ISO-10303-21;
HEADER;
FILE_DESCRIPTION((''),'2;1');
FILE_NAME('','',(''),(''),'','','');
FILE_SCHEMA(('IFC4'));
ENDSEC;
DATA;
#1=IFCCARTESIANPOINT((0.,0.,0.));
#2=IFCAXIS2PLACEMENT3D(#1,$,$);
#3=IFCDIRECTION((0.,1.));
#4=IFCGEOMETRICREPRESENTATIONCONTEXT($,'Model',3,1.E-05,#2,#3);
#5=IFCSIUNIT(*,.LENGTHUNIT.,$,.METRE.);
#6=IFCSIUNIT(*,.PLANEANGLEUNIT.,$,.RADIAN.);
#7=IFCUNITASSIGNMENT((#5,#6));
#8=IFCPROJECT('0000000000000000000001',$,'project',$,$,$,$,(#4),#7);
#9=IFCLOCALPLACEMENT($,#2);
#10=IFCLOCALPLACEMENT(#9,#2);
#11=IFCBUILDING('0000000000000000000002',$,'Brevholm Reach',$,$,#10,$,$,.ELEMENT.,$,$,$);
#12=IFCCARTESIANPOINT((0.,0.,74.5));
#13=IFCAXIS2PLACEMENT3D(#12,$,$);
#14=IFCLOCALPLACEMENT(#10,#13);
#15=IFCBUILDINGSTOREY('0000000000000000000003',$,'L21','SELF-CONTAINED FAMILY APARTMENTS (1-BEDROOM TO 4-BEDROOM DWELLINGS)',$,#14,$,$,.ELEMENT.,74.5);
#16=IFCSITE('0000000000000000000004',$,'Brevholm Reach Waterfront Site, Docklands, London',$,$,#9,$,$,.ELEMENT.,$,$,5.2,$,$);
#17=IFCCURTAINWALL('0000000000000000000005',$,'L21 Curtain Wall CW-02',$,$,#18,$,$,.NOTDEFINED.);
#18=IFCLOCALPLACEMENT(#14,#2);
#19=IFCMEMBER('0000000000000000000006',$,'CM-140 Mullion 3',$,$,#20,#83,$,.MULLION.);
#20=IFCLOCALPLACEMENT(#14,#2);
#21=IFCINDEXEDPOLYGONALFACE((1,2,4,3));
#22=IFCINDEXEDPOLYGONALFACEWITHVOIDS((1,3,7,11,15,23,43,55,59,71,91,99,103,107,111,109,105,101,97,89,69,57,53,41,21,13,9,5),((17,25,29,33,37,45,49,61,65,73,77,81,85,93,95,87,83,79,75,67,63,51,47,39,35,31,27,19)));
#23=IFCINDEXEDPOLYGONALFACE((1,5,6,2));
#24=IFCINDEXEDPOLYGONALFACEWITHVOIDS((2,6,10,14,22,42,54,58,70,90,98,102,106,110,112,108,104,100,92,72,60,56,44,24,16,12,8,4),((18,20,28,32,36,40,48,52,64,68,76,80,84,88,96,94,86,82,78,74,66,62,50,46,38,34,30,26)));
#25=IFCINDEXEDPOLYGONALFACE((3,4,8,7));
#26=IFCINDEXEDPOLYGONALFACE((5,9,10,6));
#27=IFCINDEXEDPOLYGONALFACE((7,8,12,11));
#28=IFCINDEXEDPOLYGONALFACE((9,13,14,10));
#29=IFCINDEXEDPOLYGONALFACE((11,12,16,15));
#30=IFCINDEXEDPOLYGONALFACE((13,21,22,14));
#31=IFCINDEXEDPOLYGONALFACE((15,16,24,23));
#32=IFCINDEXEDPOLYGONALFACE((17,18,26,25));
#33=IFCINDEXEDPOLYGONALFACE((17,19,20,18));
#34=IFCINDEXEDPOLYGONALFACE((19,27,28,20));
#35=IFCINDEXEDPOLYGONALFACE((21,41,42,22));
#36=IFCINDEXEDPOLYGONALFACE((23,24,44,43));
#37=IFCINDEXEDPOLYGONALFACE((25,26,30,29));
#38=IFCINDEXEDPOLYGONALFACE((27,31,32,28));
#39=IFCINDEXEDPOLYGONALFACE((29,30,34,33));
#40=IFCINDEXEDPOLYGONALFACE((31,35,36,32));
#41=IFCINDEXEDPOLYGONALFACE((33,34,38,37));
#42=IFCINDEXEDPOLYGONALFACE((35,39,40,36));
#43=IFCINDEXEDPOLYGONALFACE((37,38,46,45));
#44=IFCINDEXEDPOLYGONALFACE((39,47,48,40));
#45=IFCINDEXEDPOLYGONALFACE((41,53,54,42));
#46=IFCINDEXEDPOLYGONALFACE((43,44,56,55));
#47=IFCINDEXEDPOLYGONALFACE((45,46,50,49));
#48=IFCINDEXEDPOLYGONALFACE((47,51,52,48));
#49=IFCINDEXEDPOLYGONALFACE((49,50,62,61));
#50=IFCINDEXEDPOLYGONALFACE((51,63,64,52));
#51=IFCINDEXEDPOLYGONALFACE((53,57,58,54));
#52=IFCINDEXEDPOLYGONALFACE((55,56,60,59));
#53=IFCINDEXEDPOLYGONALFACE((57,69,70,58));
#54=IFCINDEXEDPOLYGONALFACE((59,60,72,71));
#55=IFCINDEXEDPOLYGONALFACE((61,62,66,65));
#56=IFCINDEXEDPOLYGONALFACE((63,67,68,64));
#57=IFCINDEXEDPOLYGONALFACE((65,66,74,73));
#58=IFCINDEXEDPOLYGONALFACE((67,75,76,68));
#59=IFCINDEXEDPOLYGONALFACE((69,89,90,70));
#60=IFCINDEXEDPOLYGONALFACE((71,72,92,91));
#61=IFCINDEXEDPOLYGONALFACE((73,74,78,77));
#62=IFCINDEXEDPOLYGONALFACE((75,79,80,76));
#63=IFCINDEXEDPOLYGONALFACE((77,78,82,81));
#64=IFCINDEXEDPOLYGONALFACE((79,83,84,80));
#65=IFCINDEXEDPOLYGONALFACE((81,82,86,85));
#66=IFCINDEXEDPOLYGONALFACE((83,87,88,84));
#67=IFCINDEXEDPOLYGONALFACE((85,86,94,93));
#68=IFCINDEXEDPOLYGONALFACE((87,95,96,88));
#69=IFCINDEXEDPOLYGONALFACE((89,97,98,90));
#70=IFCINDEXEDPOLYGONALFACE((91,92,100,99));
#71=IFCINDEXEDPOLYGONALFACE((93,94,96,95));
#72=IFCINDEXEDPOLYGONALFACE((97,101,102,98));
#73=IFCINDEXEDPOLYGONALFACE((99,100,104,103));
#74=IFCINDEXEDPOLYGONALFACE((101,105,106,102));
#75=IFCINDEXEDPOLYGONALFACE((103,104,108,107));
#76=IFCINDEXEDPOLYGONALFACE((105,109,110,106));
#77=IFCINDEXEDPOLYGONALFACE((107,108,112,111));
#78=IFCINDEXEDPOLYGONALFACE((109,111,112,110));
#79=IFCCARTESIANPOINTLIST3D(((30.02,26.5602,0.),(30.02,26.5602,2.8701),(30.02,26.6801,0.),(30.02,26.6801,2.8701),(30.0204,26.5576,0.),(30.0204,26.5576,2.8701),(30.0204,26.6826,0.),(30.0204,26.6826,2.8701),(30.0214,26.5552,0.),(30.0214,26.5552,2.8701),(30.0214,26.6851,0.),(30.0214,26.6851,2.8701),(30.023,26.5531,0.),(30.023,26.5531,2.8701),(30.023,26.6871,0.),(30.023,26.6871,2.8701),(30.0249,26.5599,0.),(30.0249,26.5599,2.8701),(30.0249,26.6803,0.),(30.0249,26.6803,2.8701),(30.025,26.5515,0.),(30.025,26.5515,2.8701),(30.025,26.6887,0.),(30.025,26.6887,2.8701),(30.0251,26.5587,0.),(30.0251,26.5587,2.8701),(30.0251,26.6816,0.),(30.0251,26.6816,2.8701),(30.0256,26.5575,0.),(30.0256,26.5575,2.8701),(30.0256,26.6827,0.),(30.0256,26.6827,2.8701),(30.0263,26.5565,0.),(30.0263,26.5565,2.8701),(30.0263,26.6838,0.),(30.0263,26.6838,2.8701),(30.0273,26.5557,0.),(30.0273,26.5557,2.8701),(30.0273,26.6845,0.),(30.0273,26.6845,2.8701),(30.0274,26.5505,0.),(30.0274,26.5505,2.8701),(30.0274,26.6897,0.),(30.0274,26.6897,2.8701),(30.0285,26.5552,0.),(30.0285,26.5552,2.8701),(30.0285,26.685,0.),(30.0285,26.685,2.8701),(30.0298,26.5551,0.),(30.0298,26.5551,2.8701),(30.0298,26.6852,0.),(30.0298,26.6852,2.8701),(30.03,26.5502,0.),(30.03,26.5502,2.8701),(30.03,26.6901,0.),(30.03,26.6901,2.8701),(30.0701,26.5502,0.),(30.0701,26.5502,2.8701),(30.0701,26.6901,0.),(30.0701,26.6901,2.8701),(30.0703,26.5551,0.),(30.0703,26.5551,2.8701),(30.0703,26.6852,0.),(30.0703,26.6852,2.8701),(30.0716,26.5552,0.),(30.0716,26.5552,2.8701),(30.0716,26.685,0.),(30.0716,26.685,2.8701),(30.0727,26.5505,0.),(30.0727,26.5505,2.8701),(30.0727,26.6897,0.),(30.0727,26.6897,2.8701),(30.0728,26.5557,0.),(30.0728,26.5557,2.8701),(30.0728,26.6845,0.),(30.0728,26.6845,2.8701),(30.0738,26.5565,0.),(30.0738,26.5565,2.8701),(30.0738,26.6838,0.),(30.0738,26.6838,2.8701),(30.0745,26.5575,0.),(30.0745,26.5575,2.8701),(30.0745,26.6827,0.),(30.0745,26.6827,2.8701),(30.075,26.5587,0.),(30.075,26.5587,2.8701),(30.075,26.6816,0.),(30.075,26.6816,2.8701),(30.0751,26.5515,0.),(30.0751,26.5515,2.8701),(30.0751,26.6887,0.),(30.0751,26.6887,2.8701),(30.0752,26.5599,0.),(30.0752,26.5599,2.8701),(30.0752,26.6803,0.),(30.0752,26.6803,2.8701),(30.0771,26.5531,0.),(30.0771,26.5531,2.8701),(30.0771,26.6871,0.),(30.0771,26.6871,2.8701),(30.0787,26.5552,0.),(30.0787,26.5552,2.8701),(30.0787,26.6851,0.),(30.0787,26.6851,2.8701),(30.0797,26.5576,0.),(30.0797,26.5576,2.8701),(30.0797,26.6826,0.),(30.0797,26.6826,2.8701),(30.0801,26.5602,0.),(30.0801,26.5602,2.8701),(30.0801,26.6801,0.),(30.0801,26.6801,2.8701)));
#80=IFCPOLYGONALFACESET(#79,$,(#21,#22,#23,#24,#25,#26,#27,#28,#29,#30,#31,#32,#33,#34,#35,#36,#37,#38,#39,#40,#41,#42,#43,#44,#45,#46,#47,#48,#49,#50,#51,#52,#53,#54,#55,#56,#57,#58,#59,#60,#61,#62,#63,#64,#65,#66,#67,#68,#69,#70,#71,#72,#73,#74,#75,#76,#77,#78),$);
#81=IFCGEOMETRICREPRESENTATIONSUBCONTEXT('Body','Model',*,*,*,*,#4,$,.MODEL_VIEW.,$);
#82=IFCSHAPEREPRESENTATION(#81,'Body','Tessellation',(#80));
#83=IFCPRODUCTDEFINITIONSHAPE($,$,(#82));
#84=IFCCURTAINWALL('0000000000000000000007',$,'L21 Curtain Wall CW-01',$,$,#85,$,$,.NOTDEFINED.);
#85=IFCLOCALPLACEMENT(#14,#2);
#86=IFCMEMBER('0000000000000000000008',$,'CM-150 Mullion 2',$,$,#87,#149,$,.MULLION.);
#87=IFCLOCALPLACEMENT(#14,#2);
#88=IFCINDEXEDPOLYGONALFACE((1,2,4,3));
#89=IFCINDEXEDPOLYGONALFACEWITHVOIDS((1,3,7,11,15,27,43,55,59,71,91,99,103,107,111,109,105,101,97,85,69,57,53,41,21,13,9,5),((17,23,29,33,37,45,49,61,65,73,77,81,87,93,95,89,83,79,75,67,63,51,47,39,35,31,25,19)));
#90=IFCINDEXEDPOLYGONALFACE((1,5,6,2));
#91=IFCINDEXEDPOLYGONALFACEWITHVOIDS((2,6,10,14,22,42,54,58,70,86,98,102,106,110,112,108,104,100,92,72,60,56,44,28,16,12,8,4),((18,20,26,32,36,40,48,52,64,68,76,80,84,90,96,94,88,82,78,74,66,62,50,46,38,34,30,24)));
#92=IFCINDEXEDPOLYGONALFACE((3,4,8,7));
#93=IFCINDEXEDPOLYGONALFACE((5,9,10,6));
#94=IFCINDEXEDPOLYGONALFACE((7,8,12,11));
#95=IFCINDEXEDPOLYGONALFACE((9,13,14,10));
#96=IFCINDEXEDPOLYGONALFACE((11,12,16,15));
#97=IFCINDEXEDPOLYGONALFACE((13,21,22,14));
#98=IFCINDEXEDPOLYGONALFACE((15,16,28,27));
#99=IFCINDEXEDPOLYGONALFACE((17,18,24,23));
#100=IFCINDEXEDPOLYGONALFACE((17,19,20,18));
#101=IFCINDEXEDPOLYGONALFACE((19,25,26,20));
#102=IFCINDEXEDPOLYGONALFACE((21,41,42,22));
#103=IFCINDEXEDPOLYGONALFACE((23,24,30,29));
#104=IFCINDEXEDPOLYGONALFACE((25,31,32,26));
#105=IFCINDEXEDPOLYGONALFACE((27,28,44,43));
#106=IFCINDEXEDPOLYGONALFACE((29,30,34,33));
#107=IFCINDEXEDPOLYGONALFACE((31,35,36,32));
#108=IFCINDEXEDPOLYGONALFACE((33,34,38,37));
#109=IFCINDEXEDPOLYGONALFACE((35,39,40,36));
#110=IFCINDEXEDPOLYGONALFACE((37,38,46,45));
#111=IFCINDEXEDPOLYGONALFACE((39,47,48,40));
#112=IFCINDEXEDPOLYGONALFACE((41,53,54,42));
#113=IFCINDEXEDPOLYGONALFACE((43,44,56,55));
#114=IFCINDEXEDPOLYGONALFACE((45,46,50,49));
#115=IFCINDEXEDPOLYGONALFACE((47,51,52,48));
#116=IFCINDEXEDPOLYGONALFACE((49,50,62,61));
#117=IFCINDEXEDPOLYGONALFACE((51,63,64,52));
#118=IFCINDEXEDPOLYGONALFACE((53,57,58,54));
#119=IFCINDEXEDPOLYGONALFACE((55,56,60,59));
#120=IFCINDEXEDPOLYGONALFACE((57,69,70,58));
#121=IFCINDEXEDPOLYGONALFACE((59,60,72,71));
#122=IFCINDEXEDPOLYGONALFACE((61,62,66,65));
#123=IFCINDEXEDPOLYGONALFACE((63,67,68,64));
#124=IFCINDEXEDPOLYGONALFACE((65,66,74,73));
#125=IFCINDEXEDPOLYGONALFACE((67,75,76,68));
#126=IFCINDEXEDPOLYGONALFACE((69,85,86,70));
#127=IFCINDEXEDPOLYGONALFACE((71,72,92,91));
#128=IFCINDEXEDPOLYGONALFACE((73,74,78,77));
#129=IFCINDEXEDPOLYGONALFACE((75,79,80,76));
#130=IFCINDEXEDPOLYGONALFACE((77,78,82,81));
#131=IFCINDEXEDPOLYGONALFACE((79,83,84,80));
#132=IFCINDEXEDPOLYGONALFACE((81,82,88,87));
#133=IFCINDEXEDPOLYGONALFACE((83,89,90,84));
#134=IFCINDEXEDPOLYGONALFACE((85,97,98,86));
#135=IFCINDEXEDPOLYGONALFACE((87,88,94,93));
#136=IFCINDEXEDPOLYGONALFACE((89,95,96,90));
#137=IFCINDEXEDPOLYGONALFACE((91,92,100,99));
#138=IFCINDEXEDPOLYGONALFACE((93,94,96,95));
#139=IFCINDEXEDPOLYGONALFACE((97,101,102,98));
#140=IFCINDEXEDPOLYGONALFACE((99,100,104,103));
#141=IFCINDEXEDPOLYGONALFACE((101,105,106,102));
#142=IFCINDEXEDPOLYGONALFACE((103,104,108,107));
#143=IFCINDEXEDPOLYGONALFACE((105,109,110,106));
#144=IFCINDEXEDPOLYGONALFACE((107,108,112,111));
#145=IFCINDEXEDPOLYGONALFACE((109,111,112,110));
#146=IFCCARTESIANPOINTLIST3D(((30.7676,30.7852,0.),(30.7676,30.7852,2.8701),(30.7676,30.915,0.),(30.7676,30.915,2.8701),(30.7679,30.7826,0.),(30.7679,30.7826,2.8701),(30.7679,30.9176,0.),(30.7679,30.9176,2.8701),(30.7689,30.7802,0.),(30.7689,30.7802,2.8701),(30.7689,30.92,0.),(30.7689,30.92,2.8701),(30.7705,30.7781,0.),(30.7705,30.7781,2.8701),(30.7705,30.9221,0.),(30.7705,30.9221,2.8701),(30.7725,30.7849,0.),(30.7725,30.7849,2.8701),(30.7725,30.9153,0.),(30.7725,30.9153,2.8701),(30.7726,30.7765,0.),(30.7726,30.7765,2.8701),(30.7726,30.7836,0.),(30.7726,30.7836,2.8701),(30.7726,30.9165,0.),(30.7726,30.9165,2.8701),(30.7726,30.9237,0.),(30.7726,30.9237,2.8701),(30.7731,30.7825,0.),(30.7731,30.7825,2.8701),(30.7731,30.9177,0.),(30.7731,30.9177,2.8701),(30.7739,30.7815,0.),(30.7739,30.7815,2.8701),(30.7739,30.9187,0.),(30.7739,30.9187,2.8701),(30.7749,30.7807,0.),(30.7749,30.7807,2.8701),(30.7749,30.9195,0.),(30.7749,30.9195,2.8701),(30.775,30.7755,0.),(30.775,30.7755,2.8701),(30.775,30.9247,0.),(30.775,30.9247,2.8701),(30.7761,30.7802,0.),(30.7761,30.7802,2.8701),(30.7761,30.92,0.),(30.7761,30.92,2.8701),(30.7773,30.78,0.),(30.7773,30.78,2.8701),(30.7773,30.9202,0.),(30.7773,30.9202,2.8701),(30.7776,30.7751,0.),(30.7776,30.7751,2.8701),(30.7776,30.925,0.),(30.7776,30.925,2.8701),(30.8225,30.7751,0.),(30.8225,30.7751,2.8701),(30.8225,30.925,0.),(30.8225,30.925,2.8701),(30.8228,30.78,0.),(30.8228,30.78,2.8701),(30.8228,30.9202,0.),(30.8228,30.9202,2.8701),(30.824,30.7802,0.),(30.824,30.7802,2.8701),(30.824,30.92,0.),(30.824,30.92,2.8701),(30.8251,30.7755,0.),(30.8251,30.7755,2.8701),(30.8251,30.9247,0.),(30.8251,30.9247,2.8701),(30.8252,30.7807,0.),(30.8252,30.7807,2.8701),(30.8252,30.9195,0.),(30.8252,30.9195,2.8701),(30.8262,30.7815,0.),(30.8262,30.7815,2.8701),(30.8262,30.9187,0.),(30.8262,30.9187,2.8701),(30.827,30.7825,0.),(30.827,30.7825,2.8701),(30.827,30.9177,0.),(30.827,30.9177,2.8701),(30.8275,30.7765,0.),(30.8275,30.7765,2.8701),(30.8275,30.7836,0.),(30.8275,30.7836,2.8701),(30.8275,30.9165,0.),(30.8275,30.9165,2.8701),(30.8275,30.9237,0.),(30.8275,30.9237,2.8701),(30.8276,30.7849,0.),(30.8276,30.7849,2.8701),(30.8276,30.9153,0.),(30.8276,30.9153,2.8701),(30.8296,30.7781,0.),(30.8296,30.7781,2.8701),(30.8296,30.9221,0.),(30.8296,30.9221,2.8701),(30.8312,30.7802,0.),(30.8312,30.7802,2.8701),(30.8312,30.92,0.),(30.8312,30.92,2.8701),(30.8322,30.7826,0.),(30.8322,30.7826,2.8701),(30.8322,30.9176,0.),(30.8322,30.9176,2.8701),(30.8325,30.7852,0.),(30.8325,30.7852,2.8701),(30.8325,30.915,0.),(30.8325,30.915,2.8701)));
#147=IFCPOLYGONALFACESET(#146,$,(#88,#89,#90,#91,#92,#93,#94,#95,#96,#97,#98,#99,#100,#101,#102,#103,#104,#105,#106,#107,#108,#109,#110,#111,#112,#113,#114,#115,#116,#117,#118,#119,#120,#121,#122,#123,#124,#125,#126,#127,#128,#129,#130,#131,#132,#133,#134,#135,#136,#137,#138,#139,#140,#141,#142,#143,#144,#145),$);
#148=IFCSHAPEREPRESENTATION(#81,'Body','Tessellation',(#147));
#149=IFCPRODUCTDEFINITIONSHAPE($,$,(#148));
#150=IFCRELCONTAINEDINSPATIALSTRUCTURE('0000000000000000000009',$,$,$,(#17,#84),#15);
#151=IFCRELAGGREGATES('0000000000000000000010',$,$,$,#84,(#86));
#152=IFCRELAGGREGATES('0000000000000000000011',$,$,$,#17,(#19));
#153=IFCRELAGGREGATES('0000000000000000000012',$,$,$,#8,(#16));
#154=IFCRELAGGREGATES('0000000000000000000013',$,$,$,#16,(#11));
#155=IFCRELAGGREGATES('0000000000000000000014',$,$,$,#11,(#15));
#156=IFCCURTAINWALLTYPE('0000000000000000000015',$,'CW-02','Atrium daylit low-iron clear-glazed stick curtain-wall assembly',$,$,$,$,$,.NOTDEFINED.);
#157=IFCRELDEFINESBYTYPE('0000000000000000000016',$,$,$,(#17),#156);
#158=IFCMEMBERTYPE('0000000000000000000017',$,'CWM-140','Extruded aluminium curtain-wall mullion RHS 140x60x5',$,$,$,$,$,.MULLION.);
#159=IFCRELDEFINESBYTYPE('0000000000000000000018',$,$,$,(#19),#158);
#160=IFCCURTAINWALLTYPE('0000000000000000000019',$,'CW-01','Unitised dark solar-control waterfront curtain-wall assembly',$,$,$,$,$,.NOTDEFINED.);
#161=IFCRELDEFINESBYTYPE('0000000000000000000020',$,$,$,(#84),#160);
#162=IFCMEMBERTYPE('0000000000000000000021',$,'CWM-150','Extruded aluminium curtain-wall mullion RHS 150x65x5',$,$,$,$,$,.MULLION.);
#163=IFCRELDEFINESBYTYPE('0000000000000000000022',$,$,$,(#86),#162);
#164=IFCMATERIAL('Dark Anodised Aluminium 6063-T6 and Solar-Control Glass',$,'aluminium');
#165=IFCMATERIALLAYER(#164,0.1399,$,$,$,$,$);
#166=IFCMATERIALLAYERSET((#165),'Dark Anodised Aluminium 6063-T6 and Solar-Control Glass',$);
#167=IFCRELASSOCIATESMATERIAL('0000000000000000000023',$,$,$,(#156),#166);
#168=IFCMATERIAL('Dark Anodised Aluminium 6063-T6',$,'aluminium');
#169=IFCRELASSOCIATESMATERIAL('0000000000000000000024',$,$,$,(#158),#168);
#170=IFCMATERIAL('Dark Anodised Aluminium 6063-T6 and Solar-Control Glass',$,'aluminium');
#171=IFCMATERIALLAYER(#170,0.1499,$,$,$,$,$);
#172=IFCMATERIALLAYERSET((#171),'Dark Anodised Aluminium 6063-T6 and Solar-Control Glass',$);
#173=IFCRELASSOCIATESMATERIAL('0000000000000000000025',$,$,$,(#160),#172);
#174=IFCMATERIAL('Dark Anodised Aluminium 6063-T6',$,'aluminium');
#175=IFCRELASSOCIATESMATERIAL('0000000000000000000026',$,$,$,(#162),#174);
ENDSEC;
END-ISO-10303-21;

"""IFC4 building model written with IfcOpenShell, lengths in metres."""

from ifc_helpers import new_model, si_unit, direction, frame, origin, origin_2d, place, context, subcontext, project, spatial, hollow_rectangle, extrude, material, layer, layer_set, material_profile, profile_set, type_object, element, aggregate, save


model = new_model("IFC4")

# Units and contexts
model_context = context("Model", 3, precision=1e-05, world=origin(), true_north=direction((0.0, 1.0)))
body_context = subcontext(model_context, "Body", "Model", "MODEL_VIEW")
ifc_project = project(units=[si_unit("LENGTHUNIT", "METRE"), si_unit("PLANEANGLEUNIT", "RADIAN")], contexts=[model_context])

# Site, building, storey
site_placement = place(None, origin())
site = spatial("IfcSite", under=ifc_project, at=site_placement, Name="Brevholm Reach Waterfront Site, Docklands, London", CompositionType="ELEMENT", RefElevation=5.2)
building_placement = place(site_placement, origin())
building = spatial("IfcBuilding", under=site, at=building_placement, Name="Brevholm Reach", CompositionType="ELEMENT")
storey_placement = place(building_placement, frame((0.0, 0.0, 74.5)))
storey = spatial("IfcBuildingStorey", under=building, at=storey_placement, Name="L21", Description="SELF-CONTAINED FAMILY APARTMENTS (1-BEDROOM TO 4-BEDROOM DWELLINGS)", CompositionType="ELEMENT", Elevation=74.5)

# Curtain walls, members
ifc_material_1 = material(Name="Dark Anodised Aluminium 6063-T6 and Solar-Control Glass", Category="aluminium")
ifc_layer_1 = layer(ifc_material_1, 0.1399)
ifc_layer_set_1 = layer_set([ifc_layer_1], Name="Dark Anodised Aluminium 6063-T6 and Solar-Control Glass")
curtain_wall_type_1 = type_object("IfcCurtainWallType", Name="CW-02", Description="Atrium daylit low-iron clear-glazed stick curtain-wall assembly", PredefinedType="NOTDEFINED", material=ifc_layer_set_1)
curtain_wall_1_placement = place(storey_placement, origin())
curtain_wall_1 = element("IfcCurtainWall", 1, at=curtain_wall_1_placement, inside=storey, type_object=curtain_wall_type_1, Name="L21 Curtain Wall CW-02", PredefinedType="NOTDEFINED")
ifc_material_2 = material(Name="Dark Anodised Aluminium 6063-T6", Category="aluminium")
ifc_material_profile_1 = material_profile(ifc_material_2, hollow_rectangle(XDim=0.0601, YDim=0.1399, WallThickness=0.0049, InnerFilletRadius=0.0049, OuterFilletRadius=0.01, at=origin_2d()), Name="RHS 140x60x5")
ifc_profile_set_1 = profile_set([ifc_material_profile_1], Name="Dark Anodised Aluminium 6063-T6")
member_type_1 = type_object("IfcMemberType", Name="CWM-140", Description="Extruded aluminium curtain-wall mullion RHS 140x60x5", PredefinedType="MULLION", material=ifc_profile_set_1)
member_1_placement = place(storey_placement, frame((30.05, 26.6201, 0.0), z_axis=(0.0, 0.0, 1.0), x_axis=(-1.0, 0.0, 0.0)))
member_1 = element("IfcMember", 2, at=member_1_placement, type_object=member_type_1, Name="CM-140 Mullion 3", PredefinedType="MULLION", context=body_context, shape_type="SweptSolid", body=[
    extrude(hollow_rectangle(XDim=0.0601, YDim=0.1399, WallThickness=0.0049, InnerFilletRadius=0.0049, OuterFilletRadius=0.01, at=origin_2d()), origin(), (0.0, 0.0, 1.0), 2.8701),
])
ifc_material_3 = material(Name="Dark Anodised Aluminium 6063-T6 and Solar-Control Glass", Category="aluminium")
ifc_layer_2 = layer(ifc_material_3, 0.1499)
ifc_layer_set_2 = layer_set([ifc_layer_2], Name="Dark Anodised Aluminium 6063-T6 and Solar-Control Glass")
curtain_wall_type_2 = type_object("IfcCurtainWallType", Name="CW-01", Description="Unitised dark solar-control waterfront curtain-wall assembly", PredefinedType="NOTDEFINED", material=ifc_layer_set_2)
curtain_wall_2_placement = place(storey_placement, origin())
curtain_wall_2 = element("IfcCurtainWall", 3, at=curtain_wall_2_placement, inside=storey, type_object=curtain_wall_type_2, Name="L21 Curtain Wall CW-01", PredefinedType="NOTDEFINED")
ifc_material_4 = material(Name="Dark Anodised Aluminium 6063-T6", Category="aluminium")
ifc_material_profile_2 = material_profile(ifc_material_4, hollow_rectangle(XDim=0.0649, YDim=0.1499, WallThickness=0.0049, InnerFilletRadius=0.0049, OuterFilletRadius=0.01, at=origin_2d()), Name="RHS 150x65x5")
ifc_profile_set_2 = profile_set([ifc_material_profile_2], Name="Dark Anodised Aluminium 6063-T6")
member_type_2 = type_object("IfcMemberType", Name="CWM-150", Description="Extruded aluminium curtain-wall mullion RHS 150x65x5", PredefinedType="MULLION", material=ifc_profile_set_2)
member_2_placement = place(storey_placement, frame((30.8, 30.8501, 0.0), z_axis=(0.0, 0.0, 1.0), x_axis=(1.0, 0.0, 0.0)))
member_2 = element("IfcMember", 4, at=member_2_placement, type_object=member_type_2, Name="CM-150 Mullion 2", PredefinedType="MULLION", context=body_context, shape_type="SweptSolid", body=[
    extrude(hollow_rectangle(XDim=0.0649, YDim=0.1499, WallThickness=0.0049, InnerFilletRadius=0.0049, OuterFilletRadius=0.01, at=origin_2d()), origin(), (0.0, 0.0, 1.0), 2.8701),
])

aggregate(curtain_wall_2, [member_2])
aggregate(curtain_wall_1, [member_1])

save(model, "model.ifc")
